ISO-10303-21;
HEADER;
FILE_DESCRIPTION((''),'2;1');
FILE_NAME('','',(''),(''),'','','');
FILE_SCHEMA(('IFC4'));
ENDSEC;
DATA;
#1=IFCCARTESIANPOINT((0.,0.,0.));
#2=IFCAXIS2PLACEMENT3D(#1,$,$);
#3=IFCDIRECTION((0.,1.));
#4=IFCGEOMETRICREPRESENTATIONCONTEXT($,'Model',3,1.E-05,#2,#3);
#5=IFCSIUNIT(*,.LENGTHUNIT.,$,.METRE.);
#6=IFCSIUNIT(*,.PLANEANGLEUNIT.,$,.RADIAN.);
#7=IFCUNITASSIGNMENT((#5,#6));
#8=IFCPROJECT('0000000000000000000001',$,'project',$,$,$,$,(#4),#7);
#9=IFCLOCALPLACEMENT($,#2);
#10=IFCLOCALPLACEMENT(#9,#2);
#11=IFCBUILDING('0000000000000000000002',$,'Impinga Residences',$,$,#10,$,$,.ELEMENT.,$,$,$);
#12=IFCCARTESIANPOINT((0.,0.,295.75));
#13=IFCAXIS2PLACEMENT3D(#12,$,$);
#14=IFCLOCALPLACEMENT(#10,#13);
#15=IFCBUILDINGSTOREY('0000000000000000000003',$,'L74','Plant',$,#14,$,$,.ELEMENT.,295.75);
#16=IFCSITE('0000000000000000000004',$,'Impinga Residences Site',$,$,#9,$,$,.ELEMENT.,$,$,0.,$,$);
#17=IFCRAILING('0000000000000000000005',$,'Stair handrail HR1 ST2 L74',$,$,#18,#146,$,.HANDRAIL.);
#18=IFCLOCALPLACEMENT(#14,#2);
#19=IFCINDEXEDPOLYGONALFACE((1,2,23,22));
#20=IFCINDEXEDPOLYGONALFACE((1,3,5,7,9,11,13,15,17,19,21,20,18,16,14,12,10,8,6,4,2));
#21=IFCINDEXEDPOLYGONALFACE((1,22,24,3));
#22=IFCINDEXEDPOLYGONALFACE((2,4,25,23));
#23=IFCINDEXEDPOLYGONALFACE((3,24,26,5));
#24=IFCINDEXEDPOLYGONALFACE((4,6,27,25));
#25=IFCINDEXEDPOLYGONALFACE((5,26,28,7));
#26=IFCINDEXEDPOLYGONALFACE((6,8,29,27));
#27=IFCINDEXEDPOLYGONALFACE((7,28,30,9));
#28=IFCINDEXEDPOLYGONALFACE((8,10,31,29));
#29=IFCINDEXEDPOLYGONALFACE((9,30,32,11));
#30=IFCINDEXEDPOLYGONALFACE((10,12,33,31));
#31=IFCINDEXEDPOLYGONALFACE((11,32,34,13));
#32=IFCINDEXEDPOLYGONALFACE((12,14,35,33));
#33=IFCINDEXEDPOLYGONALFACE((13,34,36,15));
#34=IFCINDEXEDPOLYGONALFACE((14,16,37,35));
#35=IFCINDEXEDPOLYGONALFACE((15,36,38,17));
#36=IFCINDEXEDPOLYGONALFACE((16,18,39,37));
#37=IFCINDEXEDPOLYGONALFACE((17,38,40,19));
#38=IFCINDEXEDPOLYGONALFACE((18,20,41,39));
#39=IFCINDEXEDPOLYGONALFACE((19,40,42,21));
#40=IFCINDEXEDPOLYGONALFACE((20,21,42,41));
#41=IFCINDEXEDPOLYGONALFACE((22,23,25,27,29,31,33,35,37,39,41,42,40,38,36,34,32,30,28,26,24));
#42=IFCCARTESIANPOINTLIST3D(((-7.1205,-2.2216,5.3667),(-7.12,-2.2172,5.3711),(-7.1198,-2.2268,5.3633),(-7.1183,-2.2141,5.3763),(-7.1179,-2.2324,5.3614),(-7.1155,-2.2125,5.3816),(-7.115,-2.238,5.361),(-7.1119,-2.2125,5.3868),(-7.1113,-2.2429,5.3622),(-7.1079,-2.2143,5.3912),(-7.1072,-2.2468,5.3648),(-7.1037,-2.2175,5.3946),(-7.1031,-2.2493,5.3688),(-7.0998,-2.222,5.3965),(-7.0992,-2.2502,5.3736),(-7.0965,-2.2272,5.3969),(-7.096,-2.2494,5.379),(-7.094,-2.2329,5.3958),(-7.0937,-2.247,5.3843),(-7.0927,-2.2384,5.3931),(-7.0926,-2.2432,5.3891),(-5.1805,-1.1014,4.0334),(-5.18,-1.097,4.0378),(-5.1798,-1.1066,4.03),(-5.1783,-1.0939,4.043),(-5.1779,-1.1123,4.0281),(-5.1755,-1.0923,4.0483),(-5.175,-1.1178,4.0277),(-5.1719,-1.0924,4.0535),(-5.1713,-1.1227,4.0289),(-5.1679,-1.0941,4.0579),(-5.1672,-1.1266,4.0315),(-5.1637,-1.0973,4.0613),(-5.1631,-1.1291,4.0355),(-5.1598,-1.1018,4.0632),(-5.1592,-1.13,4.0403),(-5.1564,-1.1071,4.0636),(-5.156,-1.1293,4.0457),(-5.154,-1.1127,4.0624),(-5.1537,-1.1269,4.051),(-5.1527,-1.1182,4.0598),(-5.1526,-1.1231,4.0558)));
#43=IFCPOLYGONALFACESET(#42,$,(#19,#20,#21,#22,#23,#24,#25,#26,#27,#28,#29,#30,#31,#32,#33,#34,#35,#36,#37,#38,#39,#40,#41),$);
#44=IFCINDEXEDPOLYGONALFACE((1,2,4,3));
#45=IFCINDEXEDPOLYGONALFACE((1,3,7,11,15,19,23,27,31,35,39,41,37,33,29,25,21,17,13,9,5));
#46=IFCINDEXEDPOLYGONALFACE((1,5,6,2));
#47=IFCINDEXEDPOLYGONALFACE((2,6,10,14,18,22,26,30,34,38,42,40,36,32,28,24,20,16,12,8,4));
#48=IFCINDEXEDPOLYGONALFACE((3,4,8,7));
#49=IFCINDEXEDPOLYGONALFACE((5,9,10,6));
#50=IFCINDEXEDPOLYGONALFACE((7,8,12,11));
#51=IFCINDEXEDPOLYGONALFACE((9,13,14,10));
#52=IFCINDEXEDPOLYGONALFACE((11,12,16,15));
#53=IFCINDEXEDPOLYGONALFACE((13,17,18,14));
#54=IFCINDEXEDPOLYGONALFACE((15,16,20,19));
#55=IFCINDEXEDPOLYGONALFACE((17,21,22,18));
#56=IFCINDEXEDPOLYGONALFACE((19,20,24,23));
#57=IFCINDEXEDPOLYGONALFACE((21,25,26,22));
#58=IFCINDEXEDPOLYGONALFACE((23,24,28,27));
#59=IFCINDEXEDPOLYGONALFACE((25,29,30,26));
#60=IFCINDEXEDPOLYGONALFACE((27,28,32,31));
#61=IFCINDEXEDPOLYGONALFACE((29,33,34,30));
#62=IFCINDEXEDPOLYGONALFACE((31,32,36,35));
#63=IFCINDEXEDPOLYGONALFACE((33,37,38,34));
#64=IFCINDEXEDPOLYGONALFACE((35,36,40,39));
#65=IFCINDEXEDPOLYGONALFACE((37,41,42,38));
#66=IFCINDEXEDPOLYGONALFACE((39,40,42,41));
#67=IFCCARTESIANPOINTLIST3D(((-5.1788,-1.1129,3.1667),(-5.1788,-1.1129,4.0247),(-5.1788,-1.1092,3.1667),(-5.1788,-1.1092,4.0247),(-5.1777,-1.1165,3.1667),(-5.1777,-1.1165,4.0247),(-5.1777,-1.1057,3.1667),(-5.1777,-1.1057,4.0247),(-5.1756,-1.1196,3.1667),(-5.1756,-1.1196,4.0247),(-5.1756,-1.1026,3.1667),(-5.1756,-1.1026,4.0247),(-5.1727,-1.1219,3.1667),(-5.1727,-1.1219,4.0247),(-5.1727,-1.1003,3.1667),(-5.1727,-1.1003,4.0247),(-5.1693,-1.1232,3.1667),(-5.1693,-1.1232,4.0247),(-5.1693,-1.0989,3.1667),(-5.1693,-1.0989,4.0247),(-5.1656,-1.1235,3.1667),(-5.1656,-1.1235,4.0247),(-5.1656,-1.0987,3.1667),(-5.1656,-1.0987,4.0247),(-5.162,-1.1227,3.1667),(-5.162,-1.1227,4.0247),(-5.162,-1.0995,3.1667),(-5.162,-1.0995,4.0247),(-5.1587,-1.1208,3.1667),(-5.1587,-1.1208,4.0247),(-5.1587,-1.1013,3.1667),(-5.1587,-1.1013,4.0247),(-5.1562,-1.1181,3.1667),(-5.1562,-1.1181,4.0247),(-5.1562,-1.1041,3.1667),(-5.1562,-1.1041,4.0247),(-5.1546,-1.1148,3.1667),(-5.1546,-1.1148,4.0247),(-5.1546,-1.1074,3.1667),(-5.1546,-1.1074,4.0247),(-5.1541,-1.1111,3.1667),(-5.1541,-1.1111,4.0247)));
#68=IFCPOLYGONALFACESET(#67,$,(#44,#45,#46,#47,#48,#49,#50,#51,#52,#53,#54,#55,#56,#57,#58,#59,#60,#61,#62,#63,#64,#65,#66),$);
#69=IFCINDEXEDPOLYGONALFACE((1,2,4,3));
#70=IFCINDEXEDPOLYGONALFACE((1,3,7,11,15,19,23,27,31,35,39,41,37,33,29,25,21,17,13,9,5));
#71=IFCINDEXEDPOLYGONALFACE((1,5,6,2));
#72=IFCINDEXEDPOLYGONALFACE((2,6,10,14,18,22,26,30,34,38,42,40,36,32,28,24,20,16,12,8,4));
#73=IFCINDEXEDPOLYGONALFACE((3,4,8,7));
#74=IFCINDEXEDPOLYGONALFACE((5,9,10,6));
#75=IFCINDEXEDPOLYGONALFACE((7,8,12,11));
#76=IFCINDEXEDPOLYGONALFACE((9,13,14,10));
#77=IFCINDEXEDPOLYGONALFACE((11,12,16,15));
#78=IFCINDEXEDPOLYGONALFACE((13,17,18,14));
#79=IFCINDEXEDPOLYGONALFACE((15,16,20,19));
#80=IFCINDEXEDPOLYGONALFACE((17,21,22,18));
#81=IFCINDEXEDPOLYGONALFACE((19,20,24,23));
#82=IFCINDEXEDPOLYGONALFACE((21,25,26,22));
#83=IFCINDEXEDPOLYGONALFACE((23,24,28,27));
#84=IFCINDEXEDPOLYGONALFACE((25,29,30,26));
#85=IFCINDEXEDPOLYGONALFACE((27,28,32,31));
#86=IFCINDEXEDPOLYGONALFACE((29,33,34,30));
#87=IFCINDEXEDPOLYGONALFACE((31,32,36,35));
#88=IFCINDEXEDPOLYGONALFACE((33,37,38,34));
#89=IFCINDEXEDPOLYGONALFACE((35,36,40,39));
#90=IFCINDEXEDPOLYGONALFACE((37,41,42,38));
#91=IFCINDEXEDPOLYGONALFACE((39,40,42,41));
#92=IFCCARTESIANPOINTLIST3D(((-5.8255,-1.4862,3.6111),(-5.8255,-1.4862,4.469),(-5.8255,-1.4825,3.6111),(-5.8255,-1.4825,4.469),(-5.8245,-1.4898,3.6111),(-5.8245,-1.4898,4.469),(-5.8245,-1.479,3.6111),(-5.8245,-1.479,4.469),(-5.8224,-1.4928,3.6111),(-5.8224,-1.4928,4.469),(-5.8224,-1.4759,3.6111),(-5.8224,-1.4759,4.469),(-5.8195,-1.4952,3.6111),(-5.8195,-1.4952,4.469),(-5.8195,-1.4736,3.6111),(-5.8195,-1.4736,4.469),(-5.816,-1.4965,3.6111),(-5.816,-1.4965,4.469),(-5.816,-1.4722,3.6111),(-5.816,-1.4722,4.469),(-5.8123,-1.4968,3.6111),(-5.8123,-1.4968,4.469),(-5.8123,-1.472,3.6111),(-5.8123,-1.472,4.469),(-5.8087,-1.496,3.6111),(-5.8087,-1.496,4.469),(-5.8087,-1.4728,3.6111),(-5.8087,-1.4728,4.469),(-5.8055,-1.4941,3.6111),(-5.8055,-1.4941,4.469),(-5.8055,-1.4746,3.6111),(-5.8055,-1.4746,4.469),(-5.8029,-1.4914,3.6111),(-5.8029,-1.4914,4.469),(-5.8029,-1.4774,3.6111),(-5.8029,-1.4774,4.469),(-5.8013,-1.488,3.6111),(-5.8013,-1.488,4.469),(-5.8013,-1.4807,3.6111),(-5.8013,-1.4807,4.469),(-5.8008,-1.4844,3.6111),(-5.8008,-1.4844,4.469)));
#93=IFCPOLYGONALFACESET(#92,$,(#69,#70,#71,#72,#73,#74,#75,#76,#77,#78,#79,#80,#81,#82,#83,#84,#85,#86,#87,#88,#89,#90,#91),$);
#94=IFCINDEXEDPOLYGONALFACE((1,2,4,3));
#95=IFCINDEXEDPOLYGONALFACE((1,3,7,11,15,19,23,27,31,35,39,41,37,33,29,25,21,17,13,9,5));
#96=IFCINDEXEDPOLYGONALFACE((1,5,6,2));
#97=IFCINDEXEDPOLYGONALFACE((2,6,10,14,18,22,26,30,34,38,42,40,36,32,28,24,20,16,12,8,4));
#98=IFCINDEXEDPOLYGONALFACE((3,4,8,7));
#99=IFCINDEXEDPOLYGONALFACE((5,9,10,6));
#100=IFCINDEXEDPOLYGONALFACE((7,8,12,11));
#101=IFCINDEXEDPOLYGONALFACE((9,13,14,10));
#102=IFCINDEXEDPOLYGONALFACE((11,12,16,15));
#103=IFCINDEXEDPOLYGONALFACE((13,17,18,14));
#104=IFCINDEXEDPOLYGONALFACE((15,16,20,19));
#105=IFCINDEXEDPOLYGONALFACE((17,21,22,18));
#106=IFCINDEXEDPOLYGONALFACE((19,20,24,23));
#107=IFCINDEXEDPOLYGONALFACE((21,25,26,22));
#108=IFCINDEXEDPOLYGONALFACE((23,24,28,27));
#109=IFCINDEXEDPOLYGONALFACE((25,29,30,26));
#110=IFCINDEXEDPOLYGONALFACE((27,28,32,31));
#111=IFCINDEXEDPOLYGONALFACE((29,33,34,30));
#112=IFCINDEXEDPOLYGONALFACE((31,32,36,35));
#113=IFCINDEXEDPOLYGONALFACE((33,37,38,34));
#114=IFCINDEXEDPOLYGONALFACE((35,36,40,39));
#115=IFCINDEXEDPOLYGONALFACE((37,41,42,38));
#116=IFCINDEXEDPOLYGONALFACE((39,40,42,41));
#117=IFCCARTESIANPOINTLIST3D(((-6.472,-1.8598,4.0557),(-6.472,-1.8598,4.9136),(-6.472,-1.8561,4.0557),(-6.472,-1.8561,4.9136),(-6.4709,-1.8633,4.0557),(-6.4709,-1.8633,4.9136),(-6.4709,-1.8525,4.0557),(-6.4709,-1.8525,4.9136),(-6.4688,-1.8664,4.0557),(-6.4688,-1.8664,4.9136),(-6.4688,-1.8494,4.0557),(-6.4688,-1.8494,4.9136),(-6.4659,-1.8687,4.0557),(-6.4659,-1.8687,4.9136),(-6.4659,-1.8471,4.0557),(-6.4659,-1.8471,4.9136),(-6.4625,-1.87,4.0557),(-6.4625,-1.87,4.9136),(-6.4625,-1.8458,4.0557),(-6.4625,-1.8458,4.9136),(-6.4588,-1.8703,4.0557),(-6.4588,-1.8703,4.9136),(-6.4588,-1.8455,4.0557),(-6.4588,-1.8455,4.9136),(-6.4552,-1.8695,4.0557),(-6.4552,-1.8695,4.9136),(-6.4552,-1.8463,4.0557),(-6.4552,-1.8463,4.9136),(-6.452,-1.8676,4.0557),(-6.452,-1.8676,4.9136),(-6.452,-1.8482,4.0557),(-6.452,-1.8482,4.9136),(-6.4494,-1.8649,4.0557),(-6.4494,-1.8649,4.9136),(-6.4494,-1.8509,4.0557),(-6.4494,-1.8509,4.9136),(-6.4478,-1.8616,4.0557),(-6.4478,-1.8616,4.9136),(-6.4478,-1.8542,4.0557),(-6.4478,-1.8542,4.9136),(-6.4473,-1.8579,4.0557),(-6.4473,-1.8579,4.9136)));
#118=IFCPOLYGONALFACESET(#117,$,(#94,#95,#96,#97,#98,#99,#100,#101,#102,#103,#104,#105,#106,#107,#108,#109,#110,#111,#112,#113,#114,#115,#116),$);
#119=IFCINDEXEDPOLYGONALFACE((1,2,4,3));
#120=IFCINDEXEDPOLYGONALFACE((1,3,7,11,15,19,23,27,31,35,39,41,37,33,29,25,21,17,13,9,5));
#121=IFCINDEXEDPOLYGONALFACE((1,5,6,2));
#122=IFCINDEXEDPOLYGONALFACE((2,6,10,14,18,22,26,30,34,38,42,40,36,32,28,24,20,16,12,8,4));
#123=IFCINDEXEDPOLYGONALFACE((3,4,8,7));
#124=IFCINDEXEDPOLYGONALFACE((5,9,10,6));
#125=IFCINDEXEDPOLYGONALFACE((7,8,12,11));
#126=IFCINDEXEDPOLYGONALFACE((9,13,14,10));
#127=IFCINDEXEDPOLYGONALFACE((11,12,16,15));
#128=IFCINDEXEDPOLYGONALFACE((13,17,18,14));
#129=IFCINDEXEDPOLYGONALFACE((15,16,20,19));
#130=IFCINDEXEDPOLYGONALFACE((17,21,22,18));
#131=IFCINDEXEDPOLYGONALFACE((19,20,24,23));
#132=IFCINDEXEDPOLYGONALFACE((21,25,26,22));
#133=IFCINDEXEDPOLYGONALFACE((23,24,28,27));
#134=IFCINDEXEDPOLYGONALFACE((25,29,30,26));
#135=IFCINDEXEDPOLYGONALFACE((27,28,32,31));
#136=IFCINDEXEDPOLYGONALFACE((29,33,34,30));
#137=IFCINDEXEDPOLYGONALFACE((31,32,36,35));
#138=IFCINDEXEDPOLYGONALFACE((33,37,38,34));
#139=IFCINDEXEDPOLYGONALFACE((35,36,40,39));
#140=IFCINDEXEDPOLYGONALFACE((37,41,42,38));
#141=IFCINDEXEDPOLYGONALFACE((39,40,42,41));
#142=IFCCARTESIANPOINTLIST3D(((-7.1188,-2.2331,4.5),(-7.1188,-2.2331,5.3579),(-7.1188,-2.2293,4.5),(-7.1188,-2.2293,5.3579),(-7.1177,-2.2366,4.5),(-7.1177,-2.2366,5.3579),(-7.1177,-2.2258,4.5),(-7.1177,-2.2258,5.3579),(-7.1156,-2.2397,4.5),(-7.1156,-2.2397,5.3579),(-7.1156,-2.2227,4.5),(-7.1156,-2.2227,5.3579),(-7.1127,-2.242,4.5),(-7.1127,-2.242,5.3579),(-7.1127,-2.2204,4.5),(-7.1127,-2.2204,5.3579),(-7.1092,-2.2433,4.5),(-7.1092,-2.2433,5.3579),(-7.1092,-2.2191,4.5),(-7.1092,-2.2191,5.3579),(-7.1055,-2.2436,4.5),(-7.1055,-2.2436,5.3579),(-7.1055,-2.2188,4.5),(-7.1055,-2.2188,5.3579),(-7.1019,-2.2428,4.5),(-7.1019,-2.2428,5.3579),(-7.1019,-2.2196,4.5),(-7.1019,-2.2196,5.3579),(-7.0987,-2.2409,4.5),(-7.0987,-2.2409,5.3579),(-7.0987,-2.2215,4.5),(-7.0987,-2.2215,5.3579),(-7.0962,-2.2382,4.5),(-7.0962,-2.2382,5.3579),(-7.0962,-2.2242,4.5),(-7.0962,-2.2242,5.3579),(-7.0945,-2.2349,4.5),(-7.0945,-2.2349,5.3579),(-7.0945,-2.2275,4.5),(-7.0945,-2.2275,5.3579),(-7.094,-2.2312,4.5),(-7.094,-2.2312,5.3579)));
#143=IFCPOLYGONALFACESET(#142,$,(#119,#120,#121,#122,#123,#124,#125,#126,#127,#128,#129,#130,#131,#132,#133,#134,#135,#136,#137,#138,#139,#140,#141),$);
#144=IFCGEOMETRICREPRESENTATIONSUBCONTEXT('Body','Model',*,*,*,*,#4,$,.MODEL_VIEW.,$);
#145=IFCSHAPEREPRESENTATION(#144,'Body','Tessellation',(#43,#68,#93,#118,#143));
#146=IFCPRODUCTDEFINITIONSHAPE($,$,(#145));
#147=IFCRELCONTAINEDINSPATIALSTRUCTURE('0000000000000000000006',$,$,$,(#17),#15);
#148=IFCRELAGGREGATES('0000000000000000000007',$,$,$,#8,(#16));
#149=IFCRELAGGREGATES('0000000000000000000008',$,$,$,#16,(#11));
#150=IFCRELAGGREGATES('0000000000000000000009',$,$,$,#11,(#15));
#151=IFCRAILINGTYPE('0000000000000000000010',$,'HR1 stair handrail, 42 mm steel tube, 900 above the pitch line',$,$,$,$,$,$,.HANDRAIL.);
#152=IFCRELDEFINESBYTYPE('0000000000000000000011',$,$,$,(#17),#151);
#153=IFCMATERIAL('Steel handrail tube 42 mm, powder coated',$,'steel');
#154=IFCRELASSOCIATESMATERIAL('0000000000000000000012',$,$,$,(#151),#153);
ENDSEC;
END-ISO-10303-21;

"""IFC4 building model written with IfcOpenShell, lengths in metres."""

from ifc_helpers import new_model, si_unit, direction, frame, origin, origin_2d, place, context, subcontext, project, spatial, circle, extrude, material, type_object, element, save


model = new_model("IFC4")

# Units and contexts
model_context = context("Model", 3, precision=1e-05, world=origin(), true_north=direction((0.0, 1.0)))
body_context = subcontext(model_context, "Body", "Model", "MODEL_VIEW")
ifc_project = project(units=[si_unit("LENGTHUNIT", "METRE"), si_unit("PLANEANGLEUNIT", "RADIAN")], contexts=[model_context])

# Site, building, storey
site_placement = place(None, origin())
site = spatial("IfcSite", under=ifc_project, at=site_placement, Name="Impinga Residences Site", CompositionType="ELEMENT", RefElevation=0.0)
building_placement = place(site_placement, origin())
building = spatial("IfcBuilding", under=site, at=building_placement, Name="Impinga Residences", CompositionType="ELEMENT")
storey_placement = place(building_placement, frame((0.0, 0.0, 295.75)))
storey = spatial("IfcBuildingStorey", under=building, at=storey_placement, Name="L74", Description="Plant", CompositionType="ELEMENT", Elevation=295.75)

# Railing
ifc_material_1 = material(Name="Steel handrail tube 42 mm, powder coated", Category="steel")
railing_type_1 = type_object("IfcRailingType", Name="HR1 stair handrail, 42 mm steel tube, 900 above the pitch line", PredefinedType="HANDRAIL", material=ifc_material_1)
for number, where, name in (
    (1, (-5.1665, -1.1111, 3.1667), "Stair handrail HR1 ST2 L74"),
):
    element("IfcRailing", number, at=place(storey_placement, frame(where)), inside=storey, type_object=railing_type_1, Name=name, PredefinedType="HANDRAIL", context=body_context, shape_type="SweptSolid", body=[
        extrude(circle(Radius=0.021, at=origin_2d()), frame((0.0, 0.0, 0.8789), z_axis=(-0.744175, -0.429684, 0.511444), x_axis=(0.500031, -0.866008, 0.0)), (0.0, 0.0, 1.0), 2.6069),
        extrude(circle(Radius=0.0125, at=origin_2d()), origin(), (0.0, 0.0, 1.0), 0.8579),
        extrude(circle(Radius=0.0125, at=origin_2d()), frame((-0.6467, -0.3733, 0.4443)), (0.0, 0.0, 1.0), 0.8579),
        extrude(circle(Radius=0.0125, at=origin_2d()), frame((-1.2932, -0.7468, 0.8889)), (0.0, 0.0, 1.0), 0.8579),
        extrude(circle(Radius=0.0125, at=origin_2d()), frame((-1.9399, -1.1201, 1.3333)), (0.0, 0.0, 1.0), 0.8579),
    ])

save(model, "model.ifc")
